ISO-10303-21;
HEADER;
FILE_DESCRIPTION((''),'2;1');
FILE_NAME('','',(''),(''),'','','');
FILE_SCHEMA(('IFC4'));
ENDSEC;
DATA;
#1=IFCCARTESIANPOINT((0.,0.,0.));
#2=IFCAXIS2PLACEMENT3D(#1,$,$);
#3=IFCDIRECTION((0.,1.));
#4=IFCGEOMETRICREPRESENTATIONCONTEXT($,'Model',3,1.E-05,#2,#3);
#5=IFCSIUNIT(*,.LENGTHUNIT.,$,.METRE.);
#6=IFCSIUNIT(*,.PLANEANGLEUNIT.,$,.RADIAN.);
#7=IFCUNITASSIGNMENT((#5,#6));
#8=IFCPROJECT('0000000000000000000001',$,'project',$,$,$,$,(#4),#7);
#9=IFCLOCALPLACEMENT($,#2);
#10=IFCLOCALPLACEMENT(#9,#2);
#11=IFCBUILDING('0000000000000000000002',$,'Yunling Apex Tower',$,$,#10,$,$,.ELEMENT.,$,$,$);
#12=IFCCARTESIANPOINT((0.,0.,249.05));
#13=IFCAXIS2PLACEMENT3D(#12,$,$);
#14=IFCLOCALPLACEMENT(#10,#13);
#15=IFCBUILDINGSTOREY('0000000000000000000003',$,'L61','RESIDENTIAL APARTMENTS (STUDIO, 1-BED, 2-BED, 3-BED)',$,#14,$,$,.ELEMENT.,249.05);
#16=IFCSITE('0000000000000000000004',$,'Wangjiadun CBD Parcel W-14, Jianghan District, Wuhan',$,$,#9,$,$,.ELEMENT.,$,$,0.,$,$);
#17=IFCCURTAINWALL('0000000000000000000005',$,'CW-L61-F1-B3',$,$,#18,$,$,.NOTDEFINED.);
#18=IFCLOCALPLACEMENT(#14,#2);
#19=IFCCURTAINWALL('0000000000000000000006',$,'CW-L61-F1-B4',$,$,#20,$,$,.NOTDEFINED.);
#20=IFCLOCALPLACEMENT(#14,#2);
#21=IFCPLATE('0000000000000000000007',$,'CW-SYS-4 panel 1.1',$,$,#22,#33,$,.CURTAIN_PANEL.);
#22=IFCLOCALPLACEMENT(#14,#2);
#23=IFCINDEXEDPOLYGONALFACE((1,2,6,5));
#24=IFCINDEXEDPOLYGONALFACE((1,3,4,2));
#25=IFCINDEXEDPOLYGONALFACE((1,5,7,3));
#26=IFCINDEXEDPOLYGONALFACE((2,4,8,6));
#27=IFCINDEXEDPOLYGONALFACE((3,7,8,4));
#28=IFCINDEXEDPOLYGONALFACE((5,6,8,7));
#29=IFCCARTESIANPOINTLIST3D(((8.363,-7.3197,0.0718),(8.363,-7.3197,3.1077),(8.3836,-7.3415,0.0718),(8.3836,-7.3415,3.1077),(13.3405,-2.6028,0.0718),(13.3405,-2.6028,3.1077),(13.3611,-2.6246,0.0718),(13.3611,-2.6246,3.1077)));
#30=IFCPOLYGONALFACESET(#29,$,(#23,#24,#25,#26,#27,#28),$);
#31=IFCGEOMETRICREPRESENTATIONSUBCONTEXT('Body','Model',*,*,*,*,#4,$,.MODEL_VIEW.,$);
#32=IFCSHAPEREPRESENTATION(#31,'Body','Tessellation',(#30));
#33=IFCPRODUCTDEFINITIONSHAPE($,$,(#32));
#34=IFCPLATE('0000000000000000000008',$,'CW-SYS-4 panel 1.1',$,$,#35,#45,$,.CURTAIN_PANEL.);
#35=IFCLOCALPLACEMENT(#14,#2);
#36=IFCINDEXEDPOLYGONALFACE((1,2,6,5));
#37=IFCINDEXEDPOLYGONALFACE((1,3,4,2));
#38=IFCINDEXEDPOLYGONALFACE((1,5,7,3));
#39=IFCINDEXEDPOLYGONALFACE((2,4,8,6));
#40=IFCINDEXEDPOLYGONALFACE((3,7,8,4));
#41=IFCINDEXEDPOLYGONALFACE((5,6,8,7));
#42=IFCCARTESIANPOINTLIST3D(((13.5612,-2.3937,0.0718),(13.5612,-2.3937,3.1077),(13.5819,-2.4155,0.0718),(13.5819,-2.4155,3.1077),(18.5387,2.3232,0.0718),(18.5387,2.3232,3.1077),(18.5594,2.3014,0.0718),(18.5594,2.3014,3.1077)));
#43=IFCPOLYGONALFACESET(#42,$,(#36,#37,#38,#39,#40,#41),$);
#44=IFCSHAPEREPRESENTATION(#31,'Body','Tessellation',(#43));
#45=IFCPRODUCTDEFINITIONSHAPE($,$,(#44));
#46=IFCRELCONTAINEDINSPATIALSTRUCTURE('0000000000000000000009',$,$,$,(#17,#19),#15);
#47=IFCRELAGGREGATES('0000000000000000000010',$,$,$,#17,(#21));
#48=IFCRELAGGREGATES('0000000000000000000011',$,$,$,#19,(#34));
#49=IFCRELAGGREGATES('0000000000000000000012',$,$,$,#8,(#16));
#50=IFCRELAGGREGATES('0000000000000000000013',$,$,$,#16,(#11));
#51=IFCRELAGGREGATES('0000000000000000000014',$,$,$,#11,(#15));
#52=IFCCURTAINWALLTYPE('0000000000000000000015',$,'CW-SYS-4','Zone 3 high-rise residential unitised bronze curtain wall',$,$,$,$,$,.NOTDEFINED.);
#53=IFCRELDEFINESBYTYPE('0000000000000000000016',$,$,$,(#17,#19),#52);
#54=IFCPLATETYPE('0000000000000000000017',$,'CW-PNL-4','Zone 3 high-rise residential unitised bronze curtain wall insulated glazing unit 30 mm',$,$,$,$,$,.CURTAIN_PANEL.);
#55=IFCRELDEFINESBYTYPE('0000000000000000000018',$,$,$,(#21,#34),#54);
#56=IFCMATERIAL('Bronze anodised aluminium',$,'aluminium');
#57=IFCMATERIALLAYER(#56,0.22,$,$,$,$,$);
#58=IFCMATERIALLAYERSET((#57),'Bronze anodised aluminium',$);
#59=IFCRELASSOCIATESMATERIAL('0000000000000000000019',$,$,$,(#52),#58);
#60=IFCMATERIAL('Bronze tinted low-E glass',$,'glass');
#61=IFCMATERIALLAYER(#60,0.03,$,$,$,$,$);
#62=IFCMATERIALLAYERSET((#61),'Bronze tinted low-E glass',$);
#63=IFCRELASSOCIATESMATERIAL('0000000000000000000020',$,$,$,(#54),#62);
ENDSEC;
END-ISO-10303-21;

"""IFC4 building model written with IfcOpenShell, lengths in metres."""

from ifc_helpers import new_model, si_unit, direction, frame, origin, origin_2d, place, context, subcontext, project, spatial, rectangle, extrude, source, transform, mapped, material, layer, layer_set, type_object, element, aggregate, save


model = new_model("IFC4")

# Units and contexts
model_context = context("Model", 3, precision=1e-05, world=origin(), true_north=direction((0.0, 1.0)))
body_context = subcontext(model_context, "Body", "Model", "MODEL_VIEW")
ifc_project = project(units=[si_unit("LENGTHUNIT", "METRE"), si_unit("PLANEANGLEUNIT", "RADIAN")], contexts=[model_context])

# Site, building, storey
site_placement = place(None, origin())
site = spatial("IfcSite", under=ifc_project, at=site_placement, Name="Wangjiadun CBD Parcel W-14, Jianghan District, Wuhan", CompositionType="ELEMENT", RefElevation=0.0)
building_placement = place(site_placement, origin())
building = spatial("IfcBuilding", under=site, at=building_placement, Name="Yunling Apex Tower", CompositionType="ELEMENT")
storey_placement = place(building_placement, frame((0.0, 0.0, 249.05)))
storey = spatial("IfcBuildingStorey", under=building, at=storey_placement, Name="L61", Description="RESIDENTIAL APARTMENTS (STUDIO, 1-BED, 2-BED, 3-BED)", CompositionType="ELEMENT", Elevation=249.05)

# Curtain walls
ifc_material_1 = material(Name="Bronze anodised aluminium", Category="aluminium")
ifc_layer_1 = layer(ifc_material_1, 0.22)
ifc_layer_set_1 = layer_set([ifc_layer_1], Name="Bronze anodised aluminium")
curtain_wall_type = type_object("IfcCurtainWallType", Name="CW-SYS-4", Description="Zone 3 high-rise residential unitised bronze curtain wall", PredefinedType="NOTDEFINED", material=ifc_layer_set_1)
curtain_wall_1_placement = place(storey_placement, origin())
curtain_wall_1 = element("IfcCurtainWall", 1, at=curtain_wall_1_placement, inside=storey, type_object=curtain_wall_type, Name="CW-L61-F1-B3", PredefinedType="NOTDEFINED")
curtain_wall_2_placement = place(storey_placement, origin())
curtain_wall_2 = element("IfcCurtainWall", 2, at=curtain_wall_2_placement, inside=storey, type_object=curtain_wall_type, Name="CW-L61-F1-B4", PredefinedType="NOTDEFINED")

# Plates
ifc_material_2 = material(Name="Bronze tinted low-E glass", Category="glass")
ifc_layer_2 = layer(ifc_material_2, 0.03)
ifc_layer_set_2 = layer_set([ifc_layer_2], Name="Bronze tinted low-E glass")
plate_type = type_object("IfcPlateType", Name="CW-PNL-4", Description="Zone 3 high-rise residential unitised bronze curtain wall insulated glazing unit 30 mm", PredefinedType="CURTAIN_PANEL", material=ifc_layer_set_2)
shared_shape_1 = source(origin(), body_context, "Body", "SweptSolid", [
    extrude(rectangle(XDim=6.8574, YDim=0.03, at=origin_2d()), origin(), (0.0, 0.0, 1.0), 3.0359),
])
plate_1_placement = place(storey_placement, frame((10.8621, -4.9722, 0.0718), z_axis=(0.0, 0.0, 1.0), x_axis=(0.725855, 0.687848, 0.0)))
plate_1 = element("IfcPlate", 3, at=plate_1_placement, type_object=plate_type, Name="CW-SYS-4 panel 1.1", PredefinedType="CURTAIN_PANEL", context=body_context, shape_type="MappedRepresentation", body=[
    mapped(shared_shape_1, transform((0.0, 0.0, 0.0), scale=1.0)),
])
aggregate(curtain_wall_1, [plate_1])
plate_2_placement = place(storey_placement, frame((16.0603, -0.0461, 0.0718), z_axis=(0.0, 0.0, 1.0), x_axis=(0.725855, 0.687848, 0.0)))
plate_2 = element("IfcPlate", 4, at=plate_2_placement, type_object=plate_type, Name="CW-SYS-4 panel 1.1", PredefinedType="CURTAIN_PANEL", context=body_context, shape_type="MappedRepresentation", body=[
    mapped(shared_shape_1, transform((0.0, 0.0, 0.0), scale=1.0)),
])
aggregate(curtain_wall_2, [plate_2])

save(model, "model.ifc")
